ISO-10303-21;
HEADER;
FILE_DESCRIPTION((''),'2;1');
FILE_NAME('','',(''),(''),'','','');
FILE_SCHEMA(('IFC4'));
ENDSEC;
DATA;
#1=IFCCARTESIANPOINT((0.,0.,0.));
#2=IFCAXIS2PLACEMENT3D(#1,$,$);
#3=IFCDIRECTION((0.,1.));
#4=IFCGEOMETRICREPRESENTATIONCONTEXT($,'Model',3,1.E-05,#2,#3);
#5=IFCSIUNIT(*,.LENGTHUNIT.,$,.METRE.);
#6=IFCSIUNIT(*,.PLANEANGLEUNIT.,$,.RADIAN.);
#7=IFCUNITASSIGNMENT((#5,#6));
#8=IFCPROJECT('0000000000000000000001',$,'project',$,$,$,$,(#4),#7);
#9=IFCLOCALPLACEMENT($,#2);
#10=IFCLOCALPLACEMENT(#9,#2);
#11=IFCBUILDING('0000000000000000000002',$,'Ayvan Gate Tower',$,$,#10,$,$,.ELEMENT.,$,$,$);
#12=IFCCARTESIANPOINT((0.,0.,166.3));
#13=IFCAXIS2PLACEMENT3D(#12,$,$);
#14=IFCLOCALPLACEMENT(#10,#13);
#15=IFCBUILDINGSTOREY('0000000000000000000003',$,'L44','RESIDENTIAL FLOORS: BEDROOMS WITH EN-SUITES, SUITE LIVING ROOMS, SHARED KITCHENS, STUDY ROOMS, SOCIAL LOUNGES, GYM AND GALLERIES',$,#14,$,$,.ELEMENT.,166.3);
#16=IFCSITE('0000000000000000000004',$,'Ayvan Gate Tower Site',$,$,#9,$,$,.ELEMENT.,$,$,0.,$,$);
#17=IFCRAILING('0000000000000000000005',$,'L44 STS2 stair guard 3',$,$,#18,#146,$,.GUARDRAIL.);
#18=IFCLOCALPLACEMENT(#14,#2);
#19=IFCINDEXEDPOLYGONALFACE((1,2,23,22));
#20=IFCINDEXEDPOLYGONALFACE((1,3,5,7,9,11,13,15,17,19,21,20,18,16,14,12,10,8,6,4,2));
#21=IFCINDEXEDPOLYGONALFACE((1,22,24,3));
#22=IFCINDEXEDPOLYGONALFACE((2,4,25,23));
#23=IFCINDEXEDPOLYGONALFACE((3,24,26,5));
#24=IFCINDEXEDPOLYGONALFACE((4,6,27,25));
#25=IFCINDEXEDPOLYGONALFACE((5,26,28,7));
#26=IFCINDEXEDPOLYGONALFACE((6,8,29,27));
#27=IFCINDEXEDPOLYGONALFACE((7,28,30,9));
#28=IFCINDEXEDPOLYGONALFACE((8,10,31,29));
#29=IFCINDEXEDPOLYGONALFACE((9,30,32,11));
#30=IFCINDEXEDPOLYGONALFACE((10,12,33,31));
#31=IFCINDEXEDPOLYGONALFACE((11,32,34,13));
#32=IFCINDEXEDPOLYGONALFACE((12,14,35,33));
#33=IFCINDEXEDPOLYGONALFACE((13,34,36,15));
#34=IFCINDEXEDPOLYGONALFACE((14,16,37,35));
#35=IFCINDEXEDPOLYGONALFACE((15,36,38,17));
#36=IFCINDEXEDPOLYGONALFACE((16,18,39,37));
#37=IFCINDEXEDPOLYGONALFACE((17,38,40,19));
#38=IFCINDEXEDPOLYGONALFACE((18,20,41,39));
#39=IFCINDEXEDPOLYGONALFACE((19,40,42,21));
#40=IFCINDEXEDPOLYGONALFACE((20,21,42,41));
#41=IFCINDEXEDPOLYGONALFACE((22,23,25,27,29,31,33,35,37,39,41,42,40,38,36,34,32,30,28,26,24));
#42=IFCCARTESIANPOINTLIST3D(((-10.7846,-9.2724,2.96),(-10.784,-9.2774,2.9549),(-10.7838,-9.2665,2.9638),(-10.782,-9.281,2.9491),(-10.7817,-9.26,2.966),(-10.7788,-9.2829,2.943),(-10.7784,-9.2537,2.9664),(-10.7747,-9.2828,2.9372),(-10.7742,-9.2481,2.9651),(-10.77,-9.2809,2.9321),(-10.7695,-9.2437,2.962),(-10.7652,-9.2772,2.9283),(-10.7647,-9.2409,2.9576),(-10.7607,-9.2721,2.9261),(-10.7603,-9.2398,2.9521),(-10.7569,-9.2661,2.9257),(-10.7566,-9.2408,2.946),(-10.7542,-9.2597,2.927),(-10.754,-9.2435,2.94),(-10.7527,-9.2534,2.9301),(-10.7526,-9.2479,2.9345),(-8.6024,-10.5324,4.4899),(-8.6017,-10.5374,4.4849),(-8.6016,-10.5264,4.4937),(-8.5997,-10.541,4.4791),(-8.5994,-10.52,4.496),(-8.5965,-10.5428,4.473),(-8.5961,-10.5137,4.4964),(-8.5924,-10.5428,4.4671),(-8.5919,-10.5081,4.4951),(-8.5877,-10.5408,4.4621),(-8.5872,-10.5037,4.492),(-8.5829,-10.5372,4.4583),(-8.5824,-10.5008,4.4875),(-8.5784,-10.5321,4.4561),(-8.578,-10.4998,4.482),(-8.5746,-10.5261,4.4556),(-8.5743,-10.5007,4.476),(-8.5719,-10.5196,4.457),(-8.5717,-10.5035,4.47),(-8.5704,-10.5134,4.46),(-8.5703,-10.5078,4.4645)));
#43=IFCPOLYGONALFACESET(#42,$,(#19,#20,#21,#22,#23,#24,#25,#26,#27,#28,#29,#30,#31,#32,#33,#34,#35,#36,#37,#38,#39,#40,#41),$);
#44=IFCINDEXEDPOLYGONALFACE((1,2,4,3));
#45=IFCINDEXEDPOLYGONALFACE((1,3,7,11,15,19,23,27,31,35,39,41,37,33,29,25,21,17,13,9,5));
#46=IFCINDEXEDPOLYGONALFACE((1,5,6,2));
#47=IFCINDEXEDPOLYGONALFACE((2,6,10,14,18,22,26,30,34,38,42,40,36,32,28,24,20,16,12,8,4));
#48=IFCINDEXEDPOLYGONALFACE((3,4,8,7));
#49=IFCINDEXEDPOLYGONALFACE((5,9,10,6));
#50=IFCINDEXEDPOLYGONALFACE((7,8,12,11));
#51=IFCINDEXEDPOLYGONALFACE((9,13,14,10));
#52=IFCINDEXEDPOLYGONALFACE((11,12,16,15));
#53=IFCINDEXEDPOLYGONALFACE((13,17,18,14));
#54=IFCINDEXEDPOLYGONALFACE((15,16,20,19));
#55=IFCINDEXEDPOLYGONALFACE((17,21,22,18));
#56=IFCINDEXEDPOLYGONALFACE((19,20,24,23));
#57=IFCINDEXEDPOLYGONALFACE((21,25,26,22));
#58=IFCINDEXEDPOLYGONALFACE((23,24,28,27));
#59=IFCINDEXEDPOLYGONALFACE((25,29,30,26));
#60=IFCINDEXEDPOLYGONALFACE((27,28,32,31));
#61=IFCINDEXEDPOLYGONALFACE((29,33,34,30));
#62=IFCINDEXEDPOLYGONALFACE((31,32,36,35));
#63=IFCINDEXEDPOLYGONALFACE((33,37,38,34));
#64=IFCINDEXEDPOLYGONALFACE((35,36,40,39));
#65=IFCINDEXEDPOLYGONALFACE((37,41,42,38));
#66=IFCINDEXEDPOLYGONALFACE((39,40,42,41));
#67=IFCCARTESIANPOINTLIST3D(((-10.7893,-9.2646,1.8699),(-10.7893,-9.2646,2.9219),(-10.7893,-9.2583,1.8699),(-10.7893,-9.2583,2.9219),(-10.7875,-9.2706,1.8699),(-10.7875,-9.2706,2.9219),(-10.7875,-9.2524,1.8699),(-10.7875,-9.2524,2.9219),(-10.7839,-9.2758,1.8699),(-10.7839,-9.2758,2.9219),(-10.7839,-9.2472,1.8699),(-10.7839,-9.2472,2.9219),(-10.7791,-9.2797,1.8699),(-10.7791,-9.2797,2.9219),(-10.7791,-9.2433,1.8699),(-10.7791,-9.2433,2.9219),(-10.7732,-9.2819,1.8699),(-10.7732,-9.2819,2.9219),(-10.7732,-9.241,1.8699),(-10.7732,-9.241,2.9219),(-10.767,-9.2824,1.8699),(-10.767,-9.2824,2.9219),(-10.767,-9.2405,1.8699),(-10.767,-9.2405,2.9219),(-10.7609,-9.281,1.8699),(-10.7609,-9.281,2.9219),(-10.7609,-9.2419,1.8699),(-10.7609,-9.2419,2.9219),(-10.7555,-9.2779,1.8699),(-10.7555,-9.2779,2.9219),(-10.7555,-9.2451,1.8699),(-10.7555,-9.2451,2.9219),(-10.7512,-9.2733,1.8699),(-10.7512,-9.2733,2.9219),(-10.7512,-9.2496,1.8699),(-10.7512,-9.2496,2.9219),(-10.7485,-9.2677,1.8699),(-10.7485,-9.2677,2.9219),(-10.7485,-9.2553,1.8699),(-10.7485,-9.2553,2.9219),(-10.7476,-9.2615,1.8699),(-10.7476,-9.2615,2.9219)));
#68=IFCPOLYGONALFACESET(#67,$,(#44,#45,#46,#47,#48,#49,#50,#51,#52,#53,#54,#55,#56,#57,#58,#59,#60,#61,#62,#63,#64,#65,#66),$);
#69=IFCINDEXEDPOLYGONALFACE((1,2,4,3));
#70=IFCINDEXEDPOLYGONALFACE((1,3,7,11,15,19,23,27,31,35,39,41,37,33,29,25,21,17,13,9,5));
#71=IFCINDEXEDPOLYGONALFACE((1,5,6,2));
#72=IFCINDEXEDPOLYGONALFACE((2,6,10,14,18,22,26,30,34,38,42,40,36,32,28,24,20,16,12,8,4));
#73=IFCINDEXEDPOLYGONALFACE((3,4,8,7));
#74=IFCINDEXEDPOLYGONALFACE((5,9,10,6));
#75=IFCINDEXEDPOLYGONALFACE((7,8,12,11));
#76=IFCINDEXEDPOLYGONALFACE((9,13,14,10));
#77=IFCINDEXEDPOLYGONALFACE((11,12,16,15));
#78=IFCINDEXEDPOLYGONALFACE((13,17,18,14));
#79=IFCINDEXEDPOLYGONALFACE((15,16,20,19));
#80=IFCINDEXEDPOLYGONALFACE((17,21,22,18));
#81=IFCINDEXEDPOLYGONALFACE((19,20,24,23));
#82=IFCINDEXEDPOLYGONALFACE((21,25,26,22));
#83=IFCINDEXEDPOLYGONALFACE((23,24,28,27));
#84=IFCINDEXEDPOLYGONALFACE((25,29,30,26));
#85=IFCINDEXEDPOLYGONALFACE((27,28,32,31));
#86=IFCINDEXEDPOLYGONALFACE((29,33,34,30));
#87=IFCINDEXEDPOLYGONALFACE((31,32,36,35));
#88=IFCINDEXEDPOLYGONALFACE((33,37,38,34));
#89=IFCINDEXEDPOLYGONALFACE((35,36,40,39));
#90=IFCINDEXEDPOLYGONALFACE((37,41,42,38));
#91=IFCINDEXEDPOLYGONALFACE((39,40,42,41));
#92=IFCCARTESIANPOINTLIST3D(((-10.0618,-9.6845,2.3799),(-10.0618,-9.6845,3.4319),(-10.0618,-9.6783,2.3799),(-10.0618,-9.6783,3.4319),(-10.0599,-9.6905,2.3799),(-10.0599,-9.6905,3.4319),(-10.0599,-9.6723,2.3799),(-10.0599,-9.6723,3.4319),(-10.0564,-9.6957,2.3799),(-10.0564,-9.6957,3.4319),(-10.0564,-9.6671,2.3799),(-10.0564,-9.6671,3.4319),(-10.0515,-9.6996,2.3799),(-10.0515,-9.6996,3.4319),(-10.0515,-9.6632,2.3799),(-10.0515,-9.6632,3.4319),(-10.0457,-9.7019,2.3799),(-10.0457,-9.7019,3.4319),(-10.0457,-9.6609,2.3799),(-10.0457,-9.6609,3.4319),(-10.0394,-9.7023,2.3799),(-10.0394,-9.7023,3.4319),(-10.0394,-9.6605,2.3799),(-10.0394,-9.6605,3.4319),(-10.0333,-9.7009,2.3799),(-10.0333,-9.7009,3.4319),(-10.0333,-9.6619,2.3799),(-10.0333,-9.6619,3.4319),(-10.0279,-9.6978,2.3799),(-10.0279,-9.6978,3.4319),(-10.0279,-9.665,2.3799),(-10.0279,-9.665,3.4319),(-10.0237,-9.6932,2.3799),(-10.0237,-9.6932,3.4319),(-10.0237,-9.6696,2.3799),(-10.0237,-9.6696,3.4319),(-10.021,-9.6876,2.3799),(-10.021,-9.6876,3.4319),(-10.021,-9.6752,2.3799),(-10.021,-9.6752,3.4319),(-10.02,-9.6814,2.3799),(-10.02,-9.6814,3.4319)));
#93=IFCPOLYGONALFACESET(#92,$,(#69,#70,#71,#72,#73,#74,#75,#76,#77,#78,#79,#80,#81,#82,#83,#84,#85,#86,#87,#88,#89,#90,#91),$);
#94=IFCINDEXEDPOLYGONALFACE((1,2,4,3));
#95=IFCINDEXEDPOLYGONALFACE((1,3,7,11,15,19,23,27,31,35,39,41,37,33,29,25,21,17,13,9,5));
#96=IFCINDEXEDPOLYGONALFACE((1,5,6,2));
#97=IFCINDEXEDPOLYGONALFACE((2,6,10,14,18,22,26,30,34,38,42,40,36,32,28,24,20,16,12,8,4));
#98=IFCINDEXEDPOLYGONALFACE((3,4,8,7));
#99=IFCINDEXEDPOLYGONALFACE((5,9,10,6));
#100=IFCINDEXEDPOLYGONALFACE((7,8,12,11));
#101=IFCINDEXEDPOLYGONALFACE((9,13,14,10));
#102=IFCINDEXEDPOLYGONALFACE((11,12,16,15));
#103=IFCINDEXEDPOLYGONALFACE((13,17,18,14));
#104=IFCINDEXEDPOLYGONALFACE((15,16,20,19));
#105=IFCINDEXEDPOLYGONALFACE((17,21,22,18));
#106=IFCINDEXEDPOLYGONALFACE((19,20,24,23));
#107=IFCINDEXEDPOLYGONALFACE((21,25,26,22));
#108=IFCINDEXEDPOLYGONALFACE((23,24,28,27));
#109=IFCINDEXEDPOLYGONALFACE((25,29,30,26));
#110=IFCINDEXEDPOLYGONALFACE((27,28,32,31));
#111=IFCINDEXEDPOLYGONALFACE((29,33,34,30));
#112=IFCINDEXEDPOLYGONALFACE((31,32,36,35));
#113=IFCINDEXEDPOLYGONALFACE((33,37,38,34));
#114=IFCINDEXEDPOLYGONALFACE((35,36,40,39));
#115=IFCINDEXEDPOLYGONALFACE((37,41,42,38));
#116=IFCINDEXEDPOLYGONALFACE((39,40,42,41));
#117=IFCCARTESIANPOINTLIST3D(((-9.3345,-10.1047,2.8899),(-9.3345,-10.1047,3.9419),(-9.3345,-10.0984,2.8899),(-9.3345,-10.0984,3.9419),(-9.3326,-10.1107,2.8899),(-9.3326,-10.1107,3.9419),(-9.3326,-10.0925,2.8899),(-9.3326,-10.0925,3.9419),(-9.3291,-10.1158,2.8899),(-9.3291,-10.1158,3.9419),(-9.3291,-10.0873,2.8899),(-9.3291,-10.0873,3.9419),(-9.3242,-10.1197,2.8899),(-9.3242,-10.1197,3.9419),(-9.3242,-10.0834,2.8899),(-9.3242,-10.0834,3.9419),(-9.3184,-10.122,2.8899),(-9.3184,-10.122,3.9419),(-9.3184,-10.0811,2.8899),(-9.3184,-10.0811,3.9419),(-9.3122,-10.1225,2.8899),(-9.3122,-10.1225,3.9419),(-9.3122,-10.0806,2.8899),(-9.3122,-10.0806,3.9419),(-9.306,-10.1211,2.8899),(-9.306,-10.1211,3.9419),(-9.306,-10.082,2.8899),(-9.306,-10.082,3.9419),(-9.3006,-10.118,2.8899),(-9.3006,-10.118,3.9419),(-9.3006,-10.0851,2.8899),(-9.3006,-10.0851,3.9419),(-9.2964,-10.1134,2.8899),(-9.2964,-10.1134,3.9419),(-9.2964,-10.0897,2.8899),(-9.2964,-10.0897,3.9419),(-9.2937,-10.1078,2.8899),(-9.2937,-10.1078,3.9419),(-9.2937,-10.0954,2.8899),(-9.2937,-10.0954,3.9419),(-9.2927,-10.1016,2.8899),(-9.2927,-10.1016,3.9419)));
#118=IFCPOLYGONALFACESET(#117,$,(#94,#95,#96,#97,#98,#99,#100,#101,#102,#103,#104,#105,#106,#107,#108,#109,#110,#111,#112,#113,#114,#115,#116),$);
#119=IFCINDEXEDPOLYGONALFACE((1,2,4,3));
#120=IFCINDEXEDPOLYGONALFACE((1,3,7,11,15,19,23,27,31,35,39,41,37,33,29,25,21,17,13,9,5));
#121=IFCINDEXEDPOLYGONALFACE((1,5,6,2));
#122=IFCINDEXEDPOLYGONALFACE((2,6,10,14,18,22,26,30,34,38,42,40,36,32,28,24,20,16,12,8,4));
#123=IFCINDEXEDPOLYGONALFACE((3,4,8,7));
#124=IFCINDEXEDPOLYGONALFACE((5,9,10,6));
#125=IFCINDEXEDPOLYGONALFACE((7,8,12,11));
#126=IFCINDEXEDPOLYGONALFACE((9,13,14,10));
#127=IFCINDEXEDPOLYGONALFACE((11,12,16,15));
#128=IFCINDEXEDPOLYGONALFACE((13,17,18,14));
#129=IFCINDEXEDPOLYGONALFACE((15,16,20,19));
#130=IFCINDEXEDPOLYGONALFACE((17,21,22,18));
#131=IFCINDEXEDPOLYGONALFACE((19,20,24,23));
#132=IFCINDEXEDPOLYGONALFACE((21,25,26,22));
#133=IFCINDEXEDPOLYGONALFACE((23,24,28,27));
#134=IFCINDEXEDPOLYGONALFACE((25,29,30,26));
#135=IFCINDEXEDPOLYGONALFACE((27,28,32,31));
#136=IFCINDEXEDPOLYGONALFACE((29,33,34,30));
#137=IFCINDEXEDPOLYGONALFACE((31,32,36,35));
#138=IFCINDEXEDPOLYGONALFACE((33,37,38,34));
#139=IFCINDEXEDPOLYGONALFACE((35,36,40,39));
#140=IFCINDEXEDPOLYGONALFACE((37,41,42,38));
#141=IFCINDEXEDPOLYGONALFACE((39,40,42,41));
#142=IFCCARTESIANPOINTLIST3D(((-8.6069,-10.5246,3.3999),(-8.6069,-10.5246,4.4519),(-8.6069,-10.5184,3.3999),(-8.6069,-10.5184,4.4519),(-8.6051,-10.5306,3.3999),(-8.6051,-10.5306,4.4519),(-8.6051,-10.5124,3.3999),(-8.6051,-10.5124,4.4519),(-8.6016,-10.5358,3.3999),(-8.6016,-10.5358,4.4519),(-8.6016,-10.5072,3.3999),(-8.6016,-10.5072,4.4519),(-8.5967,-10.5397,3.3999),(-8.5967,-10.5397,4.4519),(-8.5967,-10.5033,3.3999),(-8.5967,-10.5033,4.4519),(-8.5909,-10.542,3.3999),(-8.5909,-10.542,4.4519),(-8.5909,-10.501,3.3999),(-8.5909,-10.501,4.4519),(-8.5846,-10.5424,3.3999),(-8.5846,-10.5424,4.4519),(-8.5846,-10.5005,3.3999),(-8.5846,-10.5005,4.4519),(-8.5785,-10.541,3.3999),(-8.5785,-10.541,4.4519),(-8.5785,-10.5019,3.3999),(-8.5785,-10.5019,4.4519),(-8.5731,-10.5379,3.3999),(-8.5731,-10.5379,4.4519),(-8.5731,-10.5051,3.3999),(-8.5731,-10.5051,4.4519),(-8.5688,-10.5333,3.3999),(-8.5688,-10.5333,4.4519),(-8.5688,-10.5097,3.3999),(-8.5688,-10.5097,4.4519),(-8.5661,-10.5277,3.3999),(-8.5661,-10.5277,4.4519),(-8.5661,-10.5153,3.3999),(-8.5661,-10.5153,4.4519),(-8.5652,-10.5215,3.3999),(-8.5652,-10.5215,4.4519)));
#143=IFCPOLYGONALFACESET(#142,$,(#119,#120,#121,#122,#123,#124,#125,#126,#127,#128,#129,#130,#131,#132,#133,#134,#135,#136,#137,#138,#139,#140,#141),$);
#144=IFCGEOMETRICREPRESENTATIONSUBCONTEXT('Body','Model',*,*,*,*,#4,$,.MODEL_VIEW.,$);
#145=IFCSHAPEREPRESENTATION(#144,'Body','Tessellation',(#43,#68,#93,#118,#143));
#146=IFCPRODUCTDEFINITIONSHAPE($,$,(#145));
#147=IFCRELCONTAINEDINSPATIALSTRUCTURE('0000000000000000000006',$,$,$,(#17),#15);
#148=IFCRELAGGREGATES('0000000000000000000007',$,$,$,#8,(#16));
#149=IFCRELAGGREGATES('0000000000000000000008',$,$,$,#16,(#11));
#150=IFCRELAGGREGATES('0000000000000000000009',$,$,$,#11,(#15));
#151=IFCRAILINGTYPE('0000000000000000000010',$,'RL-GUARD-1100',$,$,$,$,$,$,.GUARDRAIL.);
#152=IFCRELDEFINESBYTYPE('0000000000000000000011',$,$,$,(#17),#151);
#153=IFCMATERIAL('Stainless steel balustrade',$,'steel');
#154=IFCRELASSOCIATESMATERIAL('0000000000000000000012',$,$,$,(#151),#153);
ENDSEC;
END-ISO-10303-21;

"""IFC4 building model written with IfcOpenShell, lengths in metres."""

from ifc_helpers import new_model, si_unit, direction, frame, origin, origin_2d, place, context, subcontext, project, spatial, circle, extrude, material, type_object, element, save


model = new_model("IFC4")

# Units and contexts
model_context = context("Model", 3, precision=1e-05, world=origin(), true_north=direction((0.0, 1.0)))
body_context = subcontext(model_context, "Body", "Model", "MODEL_VIEW")
ifc_project = project(units=[si_unit("LENGTHUNIT", "METRE"), si_unit("PLANEANGLEUNIT", "RADIAN")], contexts=[model_context])

# Site, building, storey
site_placement = place(None, origin())
site = spatial("IfcSite", under=ifc_project, at=site_placement, Name="Ayvan Gate Tower Site", CompositionType="ELEMENT", RefElevation=0.0)
building_placement = place(site_placement, origin())
building = spatial("IfcBuilding", under=site, at=building_placement, Name="Ayvan Gate Tower", CompositionType="ELEMENT")
storey_placement = place(building_placement, frame((0.0, 0.0, 166.3)))
storey = spatial("IfcBuildingStorey", under=building, at=storey_placement, Name="L44", Description="RESIDENTIAL FLOORS: BEDROOMS WITH EN-SUITES, SUITE LIVING ROOMS, SHARED KITCHENS, STUDY ROOMS, SOCIAL LOUNGES, GYM AND GALLERIES", CompositionType="ELEMENT", Elevation=166.3)

# Railing
ifc_material_1 = material(Name="Stainless steel balustrade", Category="steel")
railing_type_1 = type_object("IfcRailingType", Name="RL-GUARD-1100", PredefinedType="GUARDRAIL", material=ifc_material_1)
railing_1_placement = place(storey_placement, frame((-10.7686, -9.2615, 1.8699)))
element("IfcRailing", 1, at=railing_1_placement, inside=storey, type_object=railing_type_1, Name="L44 STS2 stair guard 3", PredefinedType="GUARDRAIL", context=body_context, shape_type="SweptSolid", body=[
    extrude(circle(Radius=0.0239, at=origin_2d()), frame((0.0, 0.0, 1.0762), z_axis=(0.740261, -0.427395, 0.518986), x_axis=(0.500005, 0.866023, 0.0)), (0.0, 0.0, 1.0), 2.948),
    extrude(circle(Radius=0.021, at=origin_2d()), origin(), (0.0, 0.0, 1.0), 1.052),
    extrude(circle(Radius=0.021, at=origin_2d()), frame((0.7275, -0.4199, 0.51)), (0.0, 0.0, 1.0), 1.052),
    extrude(circle(Radius=0.021, at=origin_2d()), frame((1.4548, -0.8401, 1.02)), (0.0, 0.0, 1.0), 1.052),
    extrude(circle(Radius=0.021, at=origin_2d()), frame((2.1824, -1.26, 1.53)), (0.0, 0.0, 1.0), 1.052),
])

save(model, "model.ifc")
